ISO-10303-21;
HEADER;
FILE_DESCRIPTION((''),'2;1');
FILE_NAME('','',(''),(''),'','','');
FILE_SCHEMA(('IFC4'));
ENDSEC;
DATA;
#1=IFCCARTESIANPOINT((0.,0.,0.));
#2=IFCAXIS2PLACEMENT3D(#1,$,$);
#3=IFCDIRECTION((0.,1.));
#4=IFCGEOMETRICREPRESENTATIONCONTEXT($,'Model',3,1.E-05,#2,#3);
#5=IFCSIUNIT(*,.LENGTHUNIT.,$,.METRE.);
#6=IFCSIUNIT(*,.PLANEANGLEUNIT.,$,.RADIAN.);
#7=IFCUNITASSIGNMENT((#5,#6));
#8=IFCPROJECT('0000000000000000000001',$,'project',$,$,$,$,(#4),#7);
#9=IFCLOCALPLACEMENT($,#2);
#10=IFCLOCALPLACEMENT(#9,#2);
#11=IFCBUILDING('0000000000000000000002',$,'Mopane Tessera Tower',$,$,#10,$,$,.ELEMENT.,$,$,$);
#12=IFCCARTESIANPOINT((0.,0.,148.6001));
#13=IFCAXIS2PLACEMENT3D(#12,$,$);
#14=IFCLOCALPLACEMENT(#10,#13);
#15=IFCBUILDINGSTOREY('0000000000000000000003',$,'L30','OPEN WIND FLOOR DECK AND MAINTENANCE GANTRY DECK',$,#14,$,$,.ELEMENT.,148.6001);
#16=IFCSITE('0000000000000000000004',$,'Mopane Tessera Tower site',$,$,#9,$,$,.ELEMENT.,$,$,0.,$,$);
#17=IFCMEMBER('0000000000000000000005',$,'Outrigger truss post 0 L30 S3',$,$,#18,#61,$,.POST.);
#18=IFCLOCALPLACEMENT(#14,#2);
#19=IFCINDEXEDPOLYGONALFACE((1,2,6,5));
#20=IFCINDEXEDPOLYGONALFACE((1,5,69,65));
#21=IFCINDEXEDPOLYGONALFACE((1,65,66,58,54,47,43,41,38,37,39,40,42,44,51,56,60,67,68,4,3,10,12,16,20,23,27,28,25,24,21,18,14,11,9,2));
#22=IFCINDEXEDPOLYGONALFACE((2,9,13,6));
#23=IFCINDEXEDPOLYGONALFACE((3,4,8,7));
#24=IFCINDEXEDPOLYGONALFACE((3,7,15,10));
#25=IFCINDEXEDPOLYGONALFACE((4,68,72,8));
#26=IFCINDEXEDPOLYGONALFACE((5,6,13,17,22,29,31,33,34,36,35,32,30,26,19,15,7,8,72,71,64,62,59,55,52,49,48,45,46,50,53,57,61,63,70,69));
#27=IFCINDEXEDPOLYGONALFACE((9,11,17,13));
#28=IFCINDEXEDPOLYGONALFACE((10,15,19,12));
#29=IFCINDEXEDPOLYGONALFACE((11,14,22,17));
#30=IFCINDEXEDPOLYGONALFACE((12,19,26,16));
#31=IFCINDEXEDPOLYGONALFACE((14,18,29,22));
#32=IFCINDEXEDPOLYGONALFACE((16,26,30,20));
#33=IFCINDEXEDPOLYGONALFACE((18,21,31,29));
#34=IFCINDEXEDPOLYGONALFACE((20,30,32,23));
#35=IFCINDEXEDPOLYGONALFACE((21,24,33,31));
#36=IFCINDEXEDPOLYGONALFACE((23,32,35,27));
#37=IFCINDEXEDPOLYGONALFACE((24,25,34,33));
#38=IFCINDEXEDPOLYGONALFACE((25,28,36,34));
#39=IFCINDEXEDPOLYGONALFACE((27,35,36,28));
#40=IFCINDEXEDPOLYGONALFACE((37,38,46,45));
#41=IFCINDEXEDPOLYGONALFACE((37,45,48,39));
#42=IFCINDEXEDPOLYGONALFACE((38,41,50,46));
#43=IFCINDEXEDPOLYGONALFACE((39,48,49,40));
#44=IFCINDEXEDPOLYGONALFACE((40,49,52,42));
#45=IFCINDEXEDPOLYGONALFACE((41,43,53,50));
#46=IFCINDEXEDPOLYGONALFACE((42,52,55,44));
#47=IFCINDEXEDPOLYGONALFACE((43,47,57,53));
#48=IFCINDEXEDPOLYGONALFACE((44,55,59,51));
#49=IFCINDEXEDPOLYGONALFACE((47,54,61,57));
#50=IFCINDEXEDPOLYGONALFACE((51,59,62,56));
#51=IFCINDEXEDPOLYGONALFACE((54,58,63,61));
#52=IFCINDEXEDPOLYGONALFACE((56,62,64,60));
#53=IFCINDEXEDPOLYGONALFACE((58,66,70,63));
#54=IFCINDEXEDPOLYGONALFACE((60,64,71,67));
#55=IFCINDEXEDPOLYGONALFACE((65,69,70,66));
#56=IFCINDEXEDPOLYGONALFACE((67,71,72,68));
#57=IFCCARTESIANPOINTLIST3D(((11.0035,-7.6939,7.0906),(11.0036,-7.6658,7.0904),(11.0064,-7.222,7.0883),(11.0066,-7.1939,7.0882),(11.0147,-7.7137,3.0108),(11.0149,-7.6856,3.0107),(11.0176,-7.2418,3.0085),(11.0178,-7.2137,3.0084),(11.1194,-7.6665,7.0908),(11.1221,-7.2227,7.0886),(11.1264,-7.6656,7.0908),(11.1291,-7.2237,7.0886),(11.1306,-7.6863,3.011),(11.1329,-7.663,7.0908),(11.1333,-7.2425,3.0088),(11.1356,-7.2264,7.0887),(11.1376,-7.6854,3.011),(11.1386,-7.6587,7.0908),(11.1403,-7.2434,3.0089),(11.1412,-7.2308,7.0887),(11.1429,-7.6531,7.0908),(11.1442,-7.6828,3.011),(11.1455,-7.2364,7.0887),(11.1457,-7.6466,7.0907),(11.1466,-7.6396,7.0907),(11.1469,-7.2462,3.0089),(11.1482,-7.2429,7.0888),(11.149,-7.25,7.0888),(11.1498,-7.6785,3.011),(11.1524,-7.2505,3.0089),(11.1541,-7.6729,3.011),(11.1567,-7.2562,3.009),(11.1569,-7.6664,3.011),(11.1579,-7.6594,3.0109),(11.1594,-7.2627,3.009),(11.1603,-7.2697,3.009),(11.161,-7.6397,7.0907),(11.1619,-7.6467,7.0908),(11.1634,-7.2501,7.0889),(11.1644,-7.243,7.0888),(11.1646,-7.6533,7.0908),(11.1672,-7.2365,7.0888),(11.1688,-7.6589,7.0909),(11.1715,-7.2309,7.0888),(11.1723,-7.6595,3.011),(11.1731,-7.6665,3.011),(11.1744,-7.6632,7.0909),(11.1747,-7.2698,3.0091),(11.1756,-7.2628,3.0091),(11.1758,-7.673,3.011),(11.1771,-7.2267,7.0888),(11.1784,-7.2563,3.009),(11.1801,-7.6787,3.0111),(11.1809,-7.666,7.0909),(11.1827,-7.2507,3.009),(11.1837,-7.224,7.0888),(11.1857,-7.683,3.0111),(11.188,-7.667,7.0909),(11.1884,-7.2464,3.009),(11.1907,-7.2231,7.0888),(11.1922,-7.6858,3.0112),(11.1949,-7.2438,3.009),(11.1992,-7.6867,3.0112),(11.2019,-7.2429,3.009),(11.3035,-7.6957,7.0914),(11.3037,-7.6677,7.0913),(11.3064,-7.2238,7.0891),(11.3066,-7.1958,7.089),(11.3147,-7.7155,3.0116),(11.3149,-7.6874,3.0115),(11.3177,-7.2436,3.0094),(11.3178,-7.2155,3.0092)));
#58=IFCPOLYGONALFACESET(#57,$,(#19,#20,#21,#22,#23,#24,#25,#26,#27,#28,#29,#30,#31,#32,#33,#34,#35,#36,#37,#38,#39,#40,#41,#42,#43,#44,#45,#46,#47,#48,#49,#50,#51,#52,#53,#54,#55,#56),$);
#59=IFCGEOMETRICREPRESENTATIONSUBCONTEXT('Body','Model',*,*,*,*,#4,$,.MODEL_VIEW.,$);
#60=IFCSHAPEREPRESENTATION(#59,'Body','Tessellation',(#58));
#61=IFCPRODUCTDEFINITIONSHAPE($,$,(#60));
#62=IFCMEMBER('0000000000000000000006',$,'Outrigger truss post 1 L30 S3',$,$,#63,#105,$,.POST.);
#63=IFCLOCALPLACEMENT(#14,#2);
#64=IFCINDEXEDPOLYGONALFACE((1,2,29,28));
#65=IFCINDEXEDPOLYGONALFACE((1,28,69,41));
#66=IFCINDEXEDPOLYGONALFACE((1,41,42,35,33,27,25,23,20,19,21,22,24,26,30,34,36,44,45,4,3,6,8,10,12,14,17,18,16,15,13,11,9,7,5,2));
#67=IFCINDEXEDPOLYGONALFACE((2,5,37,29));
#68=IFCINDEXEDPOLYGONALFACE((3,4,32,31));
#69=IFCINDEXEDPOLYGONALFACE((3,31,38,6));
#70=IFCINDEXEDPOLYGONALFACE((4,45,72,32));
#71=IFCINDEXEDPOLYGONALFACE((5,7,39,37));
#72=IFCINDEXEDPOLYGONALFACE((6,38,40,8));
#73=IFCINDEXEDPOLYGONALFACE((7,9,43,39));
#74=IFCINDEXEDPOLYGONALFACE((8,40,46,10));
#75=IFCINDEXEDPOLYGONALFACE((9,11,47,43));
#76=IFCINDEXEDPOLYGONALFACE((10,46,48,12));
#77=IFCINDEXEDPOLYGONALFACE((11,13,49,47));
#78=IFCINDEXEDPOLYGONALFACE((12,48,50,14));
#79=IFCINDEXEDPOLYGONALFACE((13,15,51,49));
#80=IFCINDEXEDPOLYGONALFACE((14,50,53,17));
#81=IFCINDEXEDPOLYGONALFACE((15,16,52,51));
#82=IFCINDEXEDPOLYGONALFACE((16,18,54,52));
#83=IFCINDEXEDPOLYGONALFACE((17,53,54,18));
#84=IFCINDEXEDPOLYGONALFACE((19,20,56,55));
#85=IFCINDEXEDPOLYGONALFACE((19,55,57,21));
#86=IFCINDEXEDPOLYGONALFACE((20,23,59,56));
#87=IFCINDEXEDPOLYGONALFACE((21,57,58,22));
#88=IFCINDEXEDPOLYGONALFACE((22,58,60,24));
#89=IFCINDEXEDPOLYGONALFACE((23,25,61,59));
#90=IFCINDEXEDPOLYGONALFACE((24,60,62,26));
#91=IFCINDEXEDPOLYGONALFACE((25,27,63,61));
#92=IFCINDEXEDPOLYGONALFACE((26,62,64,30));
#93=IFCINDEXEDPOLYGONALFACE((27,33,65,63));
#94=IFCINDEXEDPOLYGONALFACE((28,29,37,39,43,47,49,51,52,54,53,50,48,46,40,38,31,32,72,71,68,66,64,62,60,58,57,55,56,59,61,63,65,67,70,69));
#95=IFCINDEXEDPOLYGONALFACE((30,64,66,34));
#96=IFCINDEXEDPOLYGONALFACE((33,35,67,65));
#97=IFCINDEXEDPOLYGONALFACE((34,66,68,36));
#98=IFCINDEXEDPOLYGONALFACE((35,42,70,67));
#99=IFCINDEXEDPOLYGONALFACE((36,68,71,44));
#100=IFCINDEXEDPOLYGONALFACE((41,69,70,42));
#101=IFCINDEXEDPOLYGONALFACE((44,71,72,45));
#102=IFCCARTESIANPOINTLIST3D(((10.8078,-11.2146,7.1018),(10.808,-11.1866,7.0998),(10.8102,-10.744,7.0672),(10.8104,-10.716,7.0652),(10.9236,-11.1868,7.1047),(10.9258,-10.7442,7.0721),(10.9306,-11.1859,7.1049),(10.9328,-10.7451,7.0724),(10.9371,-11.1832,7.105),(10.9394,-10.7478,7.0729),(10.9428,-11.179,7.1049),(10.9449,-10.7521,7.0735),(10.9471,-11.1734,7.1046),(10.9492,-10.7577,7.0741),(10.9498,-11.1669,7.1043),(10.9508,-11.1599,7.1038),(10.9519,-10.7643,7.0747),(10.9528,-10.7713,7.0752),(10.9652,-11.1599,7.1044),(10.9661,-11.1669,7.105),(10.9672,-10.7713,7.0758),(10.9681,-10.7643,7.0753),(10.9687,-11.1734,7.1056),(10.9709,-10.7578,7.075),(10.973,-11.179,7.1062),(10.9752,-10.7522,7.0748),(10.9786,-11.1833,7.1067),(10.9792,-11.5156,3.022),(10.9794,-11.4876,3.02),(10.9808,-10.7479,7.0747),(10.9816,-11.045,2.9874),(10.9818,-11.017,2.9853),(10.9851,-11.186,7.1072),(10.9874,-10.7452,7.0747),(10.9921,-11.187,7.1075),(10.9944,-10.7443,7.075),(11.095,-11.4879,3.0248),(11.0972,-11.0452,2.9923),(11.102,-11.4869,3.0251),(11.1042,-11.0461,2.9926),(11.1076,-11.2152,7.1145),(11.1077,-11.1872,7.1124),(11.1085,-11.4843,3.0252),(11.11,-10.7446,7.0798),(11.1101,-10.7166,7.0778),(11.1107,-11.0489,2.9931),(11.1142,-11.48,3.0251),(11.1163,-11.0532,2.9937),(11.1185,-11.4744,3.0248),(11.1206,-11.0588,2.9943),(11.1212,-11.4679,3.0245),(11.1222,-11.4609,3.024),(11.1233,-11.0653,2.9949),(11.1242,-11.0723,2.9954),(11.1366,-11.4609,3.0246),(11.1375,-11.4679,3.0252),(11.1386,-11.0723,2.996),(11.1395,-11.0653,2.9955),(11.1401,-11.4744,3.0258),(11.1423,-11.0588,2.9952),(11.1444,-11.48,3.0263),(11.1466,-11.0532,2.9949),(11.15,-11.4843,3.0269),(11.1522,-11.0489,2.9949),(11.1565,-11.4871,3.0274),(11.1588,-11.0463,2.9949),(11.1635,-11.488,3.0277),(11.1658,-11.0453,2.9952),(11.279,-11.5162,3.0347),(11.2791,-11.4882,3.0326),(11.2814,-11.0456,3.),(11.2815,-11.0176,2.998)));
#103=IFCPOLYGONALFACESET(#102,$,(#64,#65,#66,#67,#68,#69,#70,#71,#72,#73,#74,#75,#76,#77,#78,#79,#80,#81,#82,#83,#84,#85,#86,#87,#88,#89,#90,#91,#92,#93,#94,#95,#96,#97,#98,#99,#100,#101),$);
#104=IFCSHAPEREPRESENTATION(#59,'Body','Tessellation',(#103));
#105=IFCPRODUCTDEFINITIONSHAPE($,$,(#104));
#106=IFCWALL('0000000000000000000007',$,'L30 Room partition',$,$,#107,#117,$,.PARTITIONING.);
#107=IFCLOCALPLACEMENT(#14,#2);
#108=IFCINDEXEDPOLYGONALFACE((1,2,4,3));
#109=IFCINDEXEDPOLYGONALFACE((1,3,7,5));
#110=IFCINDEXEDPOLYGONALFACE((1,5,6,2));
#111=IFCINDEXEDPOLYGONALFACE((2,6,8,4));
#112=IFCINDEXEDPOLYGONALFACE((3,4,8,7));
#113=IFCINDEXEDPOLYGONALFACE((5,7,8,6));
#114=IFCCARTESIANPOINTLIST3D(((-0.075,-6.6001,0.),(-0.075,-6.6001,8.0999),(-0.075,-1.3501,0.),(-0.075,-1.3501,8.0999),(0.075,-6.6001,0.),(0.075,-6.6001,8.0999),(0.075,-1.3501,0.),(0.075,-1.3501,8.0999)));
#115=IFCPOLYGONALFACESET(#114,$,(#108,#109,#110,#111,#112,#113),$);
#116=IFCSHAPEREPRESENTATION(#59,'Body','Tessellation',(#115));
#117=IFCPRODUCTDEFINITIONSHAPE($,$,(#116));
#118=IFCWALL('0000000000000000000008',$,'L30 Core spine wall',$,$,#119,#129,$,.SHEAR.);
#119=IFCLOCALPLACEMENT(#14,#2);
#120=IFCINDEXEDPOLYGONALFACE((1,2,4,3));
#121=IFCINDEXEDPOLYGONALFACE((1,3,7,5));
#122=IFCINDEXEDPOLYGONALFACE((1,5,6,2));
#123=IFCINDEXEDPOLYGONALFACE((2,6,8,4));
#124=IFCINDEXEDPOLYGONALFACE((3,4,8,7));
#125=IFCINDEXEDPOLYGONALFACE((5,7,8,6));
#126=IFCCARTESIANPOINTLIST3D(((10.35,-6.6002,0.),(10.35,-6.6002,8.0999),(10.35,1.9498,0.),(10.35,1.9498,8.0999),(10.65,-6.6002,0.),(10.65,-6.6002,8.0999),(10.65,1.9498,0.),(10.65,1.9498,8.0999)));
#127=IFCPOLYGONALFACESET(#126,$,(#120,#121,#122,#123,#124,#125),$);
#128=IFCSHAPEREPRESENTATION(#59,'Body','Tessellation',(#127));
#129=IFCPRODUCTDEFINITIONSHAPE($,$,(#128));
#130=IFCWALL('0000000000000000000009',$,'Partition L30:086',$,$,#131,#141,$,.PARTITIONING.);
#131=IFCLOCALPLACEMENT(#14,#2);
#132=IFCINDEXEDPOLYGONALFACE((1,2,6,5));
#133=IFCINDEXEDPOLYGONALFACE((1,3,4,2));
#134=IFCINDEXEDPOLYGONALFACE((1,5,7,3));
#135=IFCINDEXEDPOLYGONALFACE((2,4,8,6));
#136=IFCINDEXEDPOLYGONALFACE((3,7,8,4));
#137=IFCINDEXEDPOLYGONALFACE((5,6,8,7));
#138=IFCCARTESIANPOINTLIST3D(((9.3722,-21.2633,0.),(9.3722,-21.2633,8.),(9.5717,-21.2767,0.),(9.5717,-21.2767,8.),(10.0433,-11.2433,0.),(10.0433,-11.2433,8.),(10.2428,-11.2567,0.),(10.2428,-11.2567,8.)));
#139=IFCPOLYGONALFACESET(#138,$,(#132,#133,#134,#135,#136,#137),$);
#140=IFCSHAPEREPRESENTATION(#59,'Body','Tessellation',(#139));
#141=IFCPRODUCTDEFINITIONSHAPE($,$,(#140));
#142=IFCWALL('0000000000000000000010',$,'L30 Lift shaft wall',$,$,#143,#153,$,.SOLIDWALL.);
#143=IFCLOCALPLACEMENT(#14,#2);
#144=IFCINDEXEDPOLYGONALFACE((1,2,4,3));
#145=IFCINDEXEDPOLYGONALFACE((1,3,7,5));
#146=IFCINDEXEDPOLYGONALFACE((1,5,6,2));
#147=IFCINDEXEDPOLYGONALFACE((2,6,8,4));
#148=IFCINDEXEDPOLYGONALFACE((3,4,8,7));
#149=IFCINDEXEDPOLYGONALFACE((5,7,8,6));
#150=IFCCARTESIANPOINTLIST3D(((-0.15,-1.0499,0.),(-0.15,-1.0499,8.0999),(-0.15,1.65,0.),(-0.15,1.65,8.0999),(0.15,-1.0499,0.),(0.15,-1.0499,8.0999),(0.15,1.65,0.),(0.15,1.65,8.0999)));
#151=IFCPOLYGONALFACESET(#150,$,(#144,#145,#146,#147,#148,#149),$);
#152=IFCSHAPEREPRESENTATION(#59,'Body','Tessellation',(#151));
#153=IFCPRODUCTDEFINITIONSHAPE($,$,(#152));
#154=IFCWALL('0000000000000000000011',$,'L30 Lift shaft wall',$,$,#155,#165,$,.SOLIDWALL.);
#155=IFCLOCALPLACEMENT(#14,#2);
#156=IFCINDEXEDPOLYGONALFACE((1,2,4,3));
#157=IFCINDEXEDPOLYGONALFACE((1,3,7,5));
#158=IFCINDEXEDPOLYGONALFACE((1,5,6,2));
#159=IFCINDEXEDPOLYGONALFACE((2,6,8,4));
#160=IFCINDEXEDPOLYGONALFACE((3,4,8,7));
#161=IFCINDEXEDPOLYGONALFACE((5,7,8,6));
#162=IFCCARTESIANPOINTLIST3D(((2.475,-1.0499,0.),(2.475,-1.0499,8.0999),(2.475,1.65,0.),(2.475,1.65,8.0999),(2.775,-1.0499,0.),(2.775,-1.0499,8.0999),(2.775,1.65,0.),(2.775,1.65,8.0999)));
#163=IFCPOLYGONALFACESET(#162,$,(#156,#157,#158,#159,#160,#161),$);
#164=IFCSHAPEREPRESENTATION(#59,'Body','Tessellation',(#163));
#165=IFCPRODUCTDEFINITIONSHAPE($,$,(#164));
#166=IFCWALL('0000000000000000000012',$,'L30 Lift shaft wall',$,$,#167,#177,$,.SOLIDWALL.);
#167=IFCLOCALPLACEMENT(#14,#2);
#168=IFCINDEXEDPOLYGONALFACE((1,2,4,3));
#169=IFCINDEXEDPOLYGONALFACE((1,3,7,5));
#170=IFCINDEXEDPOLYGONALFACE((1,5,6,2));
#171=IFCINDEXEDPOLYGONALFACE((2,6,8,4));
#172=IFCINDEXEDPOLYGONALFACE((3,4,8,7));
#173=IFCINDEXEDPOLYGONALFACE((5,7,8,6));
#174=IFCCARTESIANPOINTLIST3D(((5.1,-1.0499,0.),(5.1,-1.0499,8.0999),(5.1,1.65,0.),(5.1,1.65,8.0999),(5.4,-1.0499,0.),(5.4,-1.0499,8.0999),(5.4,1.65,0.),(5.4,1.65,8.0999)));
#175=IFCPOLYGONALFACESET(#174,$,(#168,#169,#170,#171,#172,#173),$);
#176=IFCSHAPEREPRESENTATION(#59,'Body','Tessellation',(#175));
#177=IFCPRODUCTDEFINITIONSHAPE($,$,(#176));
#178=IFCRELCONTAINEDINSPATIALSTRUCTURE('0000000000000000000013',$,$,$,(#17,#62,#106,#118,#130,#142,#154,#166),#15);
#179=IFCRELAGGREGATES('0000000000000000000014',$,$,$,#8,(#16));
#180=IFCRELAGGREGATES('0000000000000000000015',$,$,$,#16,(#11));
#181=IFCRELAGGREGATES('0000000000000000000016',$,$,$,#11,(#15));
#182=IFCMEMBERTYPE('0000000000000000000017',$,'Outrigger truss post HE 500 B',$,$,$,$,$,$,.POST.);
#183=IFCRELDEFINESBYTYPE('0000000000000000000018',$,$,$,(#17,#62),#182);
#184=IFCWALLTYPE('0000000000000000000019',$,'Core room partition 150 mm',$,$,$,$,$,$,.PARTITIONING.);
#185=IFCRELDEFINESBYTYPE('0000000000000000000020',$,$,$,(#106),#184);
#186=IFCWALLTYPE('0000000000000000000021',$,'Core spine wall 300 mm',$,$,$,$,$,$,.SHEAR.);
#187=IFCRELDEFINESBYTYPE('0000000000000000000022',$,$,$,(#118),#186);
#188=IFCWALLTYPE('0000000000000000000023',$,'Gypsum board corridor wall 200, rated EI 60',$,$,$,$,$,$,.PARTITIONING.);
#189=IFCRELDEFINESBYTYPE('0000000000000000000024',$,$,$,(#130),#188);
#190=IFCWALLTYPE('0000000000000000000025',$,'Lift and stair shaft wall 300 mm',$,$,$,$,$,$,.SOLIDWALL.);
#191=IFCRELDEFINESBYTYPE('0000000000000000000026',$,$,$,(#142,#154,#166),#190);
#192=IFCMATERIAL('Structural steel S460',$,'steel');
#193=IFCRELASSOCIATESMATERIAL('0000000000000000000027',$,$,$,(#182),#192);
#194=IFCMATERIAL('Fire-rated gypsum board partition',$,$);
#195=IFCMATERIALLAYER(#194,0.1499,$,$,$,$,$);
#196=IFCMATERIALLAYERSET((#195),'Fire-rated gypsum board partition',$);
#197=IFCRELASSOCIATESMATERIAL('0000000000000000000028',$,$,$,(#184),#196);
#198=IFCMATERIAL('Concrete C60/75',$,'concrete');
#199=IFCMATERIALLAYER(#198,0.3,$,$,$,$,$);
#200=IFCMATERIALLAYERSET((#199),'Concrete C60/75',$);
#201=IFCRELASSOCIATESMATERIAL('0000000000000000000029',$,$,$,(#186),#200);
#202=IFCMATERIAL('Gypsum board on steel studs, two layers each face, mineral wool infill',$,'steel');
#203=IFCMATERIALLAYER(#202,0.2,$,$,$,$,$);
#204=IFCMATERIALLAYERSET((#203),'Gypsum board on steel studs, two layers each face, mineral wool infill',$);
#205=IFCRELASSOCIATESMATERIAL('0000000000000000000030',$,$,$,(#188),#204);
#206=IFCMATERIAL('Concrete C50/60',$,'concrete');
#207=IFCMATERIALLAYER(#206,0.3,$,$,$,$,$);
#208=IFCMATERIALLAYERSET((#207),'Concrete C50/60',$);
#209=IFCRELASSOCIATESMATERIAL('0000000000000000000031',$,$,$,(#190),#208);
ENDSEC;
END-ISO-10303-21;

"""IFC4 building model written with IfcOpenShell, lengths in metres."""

from ifc_helpers import new_model, si_unit, direction, frame, frame_2d, origin, origin_2d, place, context, subcontext, project, spatial, rectangle, i_section, extrude, material, layer, layer_set, material_profile, profile_set, type_object, element, save


model = new_model("IFC4")

# Units and contexts
model_context = context("Model", 3, precision=1e-05, world=origin(), true_north=direction((0.0, 1.0)))
body_context = subcontext(model_context, "Body", "Model", "MODEL_VIEW")
ifc_project = project(units=[si_unit("LENGTHUNIT", "METRE"), si_unit("PLANEANGLEUNIT", "RADIAN")], contexts=[model_context])

# Site, building, storey
site_placement = place(None, origin())
site = spatial("IfcSite", under=ifc_project, at=site_placement, Name="Mopane Tessera Tower site", CompositionType="ELEMENT", RefElevation=0.0)
building_placement = place(site_placement, origin())
building = spatial("IfcBuilding", under=site, at=building_placement, Name="Mopane Tessera Tower", CompositionType="ELEMENT")
storey_placement = place(building_placement, frame((0.0, 0.0, 148.6001)))
storey = spatial("IfcBuildingStorey", under=building, at=storey_placement, Name="L30", Description="OPEN WIND FLOOR DECK AND MAINTENANCE GANTRY DECK", CompositionType="ELEMENT", Elevation=148.6001)

# Members
ifc_material_1 = material(Name="Structural steel S460", Category="steel")
ifc_material_profile_1 = material_profile(ifc_material_1, i_section(OverallWidth=0.3, OverallDepth=0.5, WebThickness=0.0144, FlangeThickness=0.0281, FilletRadius=0.0271, at=origin_2d()))
ifc_profile_set_1 = profile_set([ifc_material_profile_1], Name="Structural steel S460")
member_type_1 = type_object("IfcMemberType", Name="Outrigger truss post HE 500 B", PredefinedType="POST", material=ifc_profile_set_1)
member_1_placement = place(storey_placement, frame((11.1663, -7.4646, 3.01), z_axis=(-0.002753, 0.004847, 0.999984), x_axis=(0.999977, -0.006179, 0.002783)))
element("IfcMember", 1, at=member_1_placement, inside=storey, type_object=member_type_1, Name="Outrigger truss post 0 L30 S3", PredefinedType="POST", context=body_context, shape_type="SweptSolid", body=[
    extrude(i_section(OverallWidth=0.3, OverallDepth=0.5, WebThickness=0.0144, FlangeThickness=0.0281, FilletRadius=0.0271, at=origin_2d()), origin(), (0.0, 0.0, 1.0), 4.0798),
])
member_2_placement = place(storey_placement, frame((11.1304, -11.2666, 3.01), z_axis=(-0.041858, 0.073519, 0.996415), x_axis=(0.999111, -0.001999, 0.042118)))
element("IfcMember", 2, at=member_2_placement, inside=storey, type_object=member_type_1, Name="Outrigger truss post 1 L30 S3", PredefinedType="POST", context=body_context, shape_type="SweptSolid", body=[
    extrude(i_section(OverallWidth=0.3, OverallDepth=0.5, WebThickness=0.0144, FlangeThickness=0.0281, FilletRadius=0.0271, at=origin_2d()), origin(), (0.0, 0.0, 1.0), 4.0945),
])

# Walls
ifc_material_2 = material(Name="Fire-rated gypsum board partition")
ifc_layer_1 = layer(ifc_material_2, 0.1499)
ifc_layer_set_1 = layer_set([ifc_layer_1], Name="Fire-rated gypsum board partition")
wall_type_1 = type_object("IfcWallType", Name="Core room partition 150 mm", PredefinedType="PARTITIONING", material=ifc_layer_set_1)
wall_1_placement = place(storey_placement, frame((0.0, -6.6001, 0.0), z_axis=(0.0, 0.0, 1.0), x_axis=(0.0, 1.0, 0.0)))
element("IfcWall", 3, at=wall_1_placement, inside=storey, type_object=wall_type_1, Name="L30 Room partition", PredefinedType="PARTITIONING", context=body_context, shape_type="SweptSolid", body=[
    extrude(rectangle(XDim=5.25, YDim=0.1499, at=frame_2d((2.625, 0.0))), origin(), (0.0, 0.0, 1.0), 8.0999),
])
ifc_material_3 = material(Name="Concrete C60/75", Category="concrete")
ifc_layer_2 = layer(ifc_material_3, 0.3)
ifc_layer_set_2 = layer_set([ifc_layer_2], Name="Concrete C60/75")
wall_type_2 = type_object("IfcWallType", Name="Core spine wall 300 mm", PredefinedType="SHEAR", material=ifc_layer_set_2)
wall_2_placement = place(storey_placement, frame((10.5, -6.6001, 0.0), z_axis=(0.0, 0.0, 1.0), x_axis=(0.0, 1.0, 0.0)))
element("IfcWall", 4, at=wall_2_placement, inside=storey, type_object=wall_type_2, Name="L30 Core spine wall", PredefinedType="SHEAR", context=body_context, shape_type="SweptSolid", body=[
    extrude(rectangle(XDim=8.55, YDim=0.3, at=frame_2d((4.2749, 0.0))), origin(), (0.0, 0.0, 1.0), 8.0999),
])
ifc_material_4 = material(Name="Gypsum board on steel studs, two layers each face, mineral wool infill", Category="steel")
ifc_layer_3 = layer(ifc_material_4, 0.2)
ifc_layer_set_3 = layer_set([ifc_layer_3], Name="Gypsum board on steel studs, two layers each face, mineral wool infill")
wall_type_3 = type_object("IfcWallType", Name="Gypsum board corridor wall 200, rated EI 60", PredefinedType="PARTITIONING", material=ifc_layer_set_3)
wall_3_placement = place(storey_placement, frame((10.1431, -11.25, 0.0), z_axis=(0.0, 0.0, 1.0), x_axis=(-0.06683, -0.997764, 0.0)))
element("IfcWall", 5, at=wall_3_placement, inside=storey, type_object=wall_type_3, Name="Partition L30:086", PredefinedType="PARTITIONING", context=body_context, shape_type="SweptSolid", body=[
    extrude(rectangle(XDim=10.0425, YDim=0.2, at=frame_2d((5.0212, 0.0))), origin(), (0.0, 0.0, 1.0), 8.0),
])
ifc_material_5 = material(Name="Concrete C50/60", Category="concrete")
ifc_layer_4 = layer(ifc_material_5, 0.3)
ifc_layer_set_4 = layer_set([ifc_layer_4], Name="Concrete C50/60")
wall_type_4 = type_object("IfcWallType", Name="Lift and stair shaft wall 300 mm", PredefinedType="SOLIDWALL", material=ifc_layer_set_4)
for number, where, z_axis, x_axis, name in (
    (6, (0.0, -1.05, 0.0), (0.0, 0.0, 1.0), (0.0, 1.0, 0.0), "L30 Lift shaft wall"),
    (7, (2.625, -1.05, 0.0), (0.0, 0.0, 1.0), (0.0, 1.0, 0.0), "L30 Lift shaft wall"),
    (8, (5.25, -1.05, 0.0), (0.0, 0.0, 1.0), (0.0, 1.0, 0.0), "L30 Lift shaft wall"),
):
    element("IfcWall", number, at=place(storey_placement, frame(where, z_axis=z_axis, x_axis=x_axis)), inside=storey, type_object=wall_type_4, Name=name, PredefinedType="SOLIDWALL", context=body_context, shape_type="SweptSolid", body=[
        extrude(rectangle(XDim=2.7, YDim=0.3, at=frame_2d((1.3501, 0.0))), origin(), (0.0, 0.0, 1.0), 8.0999),
    ])

save(model, "model.ifc")
